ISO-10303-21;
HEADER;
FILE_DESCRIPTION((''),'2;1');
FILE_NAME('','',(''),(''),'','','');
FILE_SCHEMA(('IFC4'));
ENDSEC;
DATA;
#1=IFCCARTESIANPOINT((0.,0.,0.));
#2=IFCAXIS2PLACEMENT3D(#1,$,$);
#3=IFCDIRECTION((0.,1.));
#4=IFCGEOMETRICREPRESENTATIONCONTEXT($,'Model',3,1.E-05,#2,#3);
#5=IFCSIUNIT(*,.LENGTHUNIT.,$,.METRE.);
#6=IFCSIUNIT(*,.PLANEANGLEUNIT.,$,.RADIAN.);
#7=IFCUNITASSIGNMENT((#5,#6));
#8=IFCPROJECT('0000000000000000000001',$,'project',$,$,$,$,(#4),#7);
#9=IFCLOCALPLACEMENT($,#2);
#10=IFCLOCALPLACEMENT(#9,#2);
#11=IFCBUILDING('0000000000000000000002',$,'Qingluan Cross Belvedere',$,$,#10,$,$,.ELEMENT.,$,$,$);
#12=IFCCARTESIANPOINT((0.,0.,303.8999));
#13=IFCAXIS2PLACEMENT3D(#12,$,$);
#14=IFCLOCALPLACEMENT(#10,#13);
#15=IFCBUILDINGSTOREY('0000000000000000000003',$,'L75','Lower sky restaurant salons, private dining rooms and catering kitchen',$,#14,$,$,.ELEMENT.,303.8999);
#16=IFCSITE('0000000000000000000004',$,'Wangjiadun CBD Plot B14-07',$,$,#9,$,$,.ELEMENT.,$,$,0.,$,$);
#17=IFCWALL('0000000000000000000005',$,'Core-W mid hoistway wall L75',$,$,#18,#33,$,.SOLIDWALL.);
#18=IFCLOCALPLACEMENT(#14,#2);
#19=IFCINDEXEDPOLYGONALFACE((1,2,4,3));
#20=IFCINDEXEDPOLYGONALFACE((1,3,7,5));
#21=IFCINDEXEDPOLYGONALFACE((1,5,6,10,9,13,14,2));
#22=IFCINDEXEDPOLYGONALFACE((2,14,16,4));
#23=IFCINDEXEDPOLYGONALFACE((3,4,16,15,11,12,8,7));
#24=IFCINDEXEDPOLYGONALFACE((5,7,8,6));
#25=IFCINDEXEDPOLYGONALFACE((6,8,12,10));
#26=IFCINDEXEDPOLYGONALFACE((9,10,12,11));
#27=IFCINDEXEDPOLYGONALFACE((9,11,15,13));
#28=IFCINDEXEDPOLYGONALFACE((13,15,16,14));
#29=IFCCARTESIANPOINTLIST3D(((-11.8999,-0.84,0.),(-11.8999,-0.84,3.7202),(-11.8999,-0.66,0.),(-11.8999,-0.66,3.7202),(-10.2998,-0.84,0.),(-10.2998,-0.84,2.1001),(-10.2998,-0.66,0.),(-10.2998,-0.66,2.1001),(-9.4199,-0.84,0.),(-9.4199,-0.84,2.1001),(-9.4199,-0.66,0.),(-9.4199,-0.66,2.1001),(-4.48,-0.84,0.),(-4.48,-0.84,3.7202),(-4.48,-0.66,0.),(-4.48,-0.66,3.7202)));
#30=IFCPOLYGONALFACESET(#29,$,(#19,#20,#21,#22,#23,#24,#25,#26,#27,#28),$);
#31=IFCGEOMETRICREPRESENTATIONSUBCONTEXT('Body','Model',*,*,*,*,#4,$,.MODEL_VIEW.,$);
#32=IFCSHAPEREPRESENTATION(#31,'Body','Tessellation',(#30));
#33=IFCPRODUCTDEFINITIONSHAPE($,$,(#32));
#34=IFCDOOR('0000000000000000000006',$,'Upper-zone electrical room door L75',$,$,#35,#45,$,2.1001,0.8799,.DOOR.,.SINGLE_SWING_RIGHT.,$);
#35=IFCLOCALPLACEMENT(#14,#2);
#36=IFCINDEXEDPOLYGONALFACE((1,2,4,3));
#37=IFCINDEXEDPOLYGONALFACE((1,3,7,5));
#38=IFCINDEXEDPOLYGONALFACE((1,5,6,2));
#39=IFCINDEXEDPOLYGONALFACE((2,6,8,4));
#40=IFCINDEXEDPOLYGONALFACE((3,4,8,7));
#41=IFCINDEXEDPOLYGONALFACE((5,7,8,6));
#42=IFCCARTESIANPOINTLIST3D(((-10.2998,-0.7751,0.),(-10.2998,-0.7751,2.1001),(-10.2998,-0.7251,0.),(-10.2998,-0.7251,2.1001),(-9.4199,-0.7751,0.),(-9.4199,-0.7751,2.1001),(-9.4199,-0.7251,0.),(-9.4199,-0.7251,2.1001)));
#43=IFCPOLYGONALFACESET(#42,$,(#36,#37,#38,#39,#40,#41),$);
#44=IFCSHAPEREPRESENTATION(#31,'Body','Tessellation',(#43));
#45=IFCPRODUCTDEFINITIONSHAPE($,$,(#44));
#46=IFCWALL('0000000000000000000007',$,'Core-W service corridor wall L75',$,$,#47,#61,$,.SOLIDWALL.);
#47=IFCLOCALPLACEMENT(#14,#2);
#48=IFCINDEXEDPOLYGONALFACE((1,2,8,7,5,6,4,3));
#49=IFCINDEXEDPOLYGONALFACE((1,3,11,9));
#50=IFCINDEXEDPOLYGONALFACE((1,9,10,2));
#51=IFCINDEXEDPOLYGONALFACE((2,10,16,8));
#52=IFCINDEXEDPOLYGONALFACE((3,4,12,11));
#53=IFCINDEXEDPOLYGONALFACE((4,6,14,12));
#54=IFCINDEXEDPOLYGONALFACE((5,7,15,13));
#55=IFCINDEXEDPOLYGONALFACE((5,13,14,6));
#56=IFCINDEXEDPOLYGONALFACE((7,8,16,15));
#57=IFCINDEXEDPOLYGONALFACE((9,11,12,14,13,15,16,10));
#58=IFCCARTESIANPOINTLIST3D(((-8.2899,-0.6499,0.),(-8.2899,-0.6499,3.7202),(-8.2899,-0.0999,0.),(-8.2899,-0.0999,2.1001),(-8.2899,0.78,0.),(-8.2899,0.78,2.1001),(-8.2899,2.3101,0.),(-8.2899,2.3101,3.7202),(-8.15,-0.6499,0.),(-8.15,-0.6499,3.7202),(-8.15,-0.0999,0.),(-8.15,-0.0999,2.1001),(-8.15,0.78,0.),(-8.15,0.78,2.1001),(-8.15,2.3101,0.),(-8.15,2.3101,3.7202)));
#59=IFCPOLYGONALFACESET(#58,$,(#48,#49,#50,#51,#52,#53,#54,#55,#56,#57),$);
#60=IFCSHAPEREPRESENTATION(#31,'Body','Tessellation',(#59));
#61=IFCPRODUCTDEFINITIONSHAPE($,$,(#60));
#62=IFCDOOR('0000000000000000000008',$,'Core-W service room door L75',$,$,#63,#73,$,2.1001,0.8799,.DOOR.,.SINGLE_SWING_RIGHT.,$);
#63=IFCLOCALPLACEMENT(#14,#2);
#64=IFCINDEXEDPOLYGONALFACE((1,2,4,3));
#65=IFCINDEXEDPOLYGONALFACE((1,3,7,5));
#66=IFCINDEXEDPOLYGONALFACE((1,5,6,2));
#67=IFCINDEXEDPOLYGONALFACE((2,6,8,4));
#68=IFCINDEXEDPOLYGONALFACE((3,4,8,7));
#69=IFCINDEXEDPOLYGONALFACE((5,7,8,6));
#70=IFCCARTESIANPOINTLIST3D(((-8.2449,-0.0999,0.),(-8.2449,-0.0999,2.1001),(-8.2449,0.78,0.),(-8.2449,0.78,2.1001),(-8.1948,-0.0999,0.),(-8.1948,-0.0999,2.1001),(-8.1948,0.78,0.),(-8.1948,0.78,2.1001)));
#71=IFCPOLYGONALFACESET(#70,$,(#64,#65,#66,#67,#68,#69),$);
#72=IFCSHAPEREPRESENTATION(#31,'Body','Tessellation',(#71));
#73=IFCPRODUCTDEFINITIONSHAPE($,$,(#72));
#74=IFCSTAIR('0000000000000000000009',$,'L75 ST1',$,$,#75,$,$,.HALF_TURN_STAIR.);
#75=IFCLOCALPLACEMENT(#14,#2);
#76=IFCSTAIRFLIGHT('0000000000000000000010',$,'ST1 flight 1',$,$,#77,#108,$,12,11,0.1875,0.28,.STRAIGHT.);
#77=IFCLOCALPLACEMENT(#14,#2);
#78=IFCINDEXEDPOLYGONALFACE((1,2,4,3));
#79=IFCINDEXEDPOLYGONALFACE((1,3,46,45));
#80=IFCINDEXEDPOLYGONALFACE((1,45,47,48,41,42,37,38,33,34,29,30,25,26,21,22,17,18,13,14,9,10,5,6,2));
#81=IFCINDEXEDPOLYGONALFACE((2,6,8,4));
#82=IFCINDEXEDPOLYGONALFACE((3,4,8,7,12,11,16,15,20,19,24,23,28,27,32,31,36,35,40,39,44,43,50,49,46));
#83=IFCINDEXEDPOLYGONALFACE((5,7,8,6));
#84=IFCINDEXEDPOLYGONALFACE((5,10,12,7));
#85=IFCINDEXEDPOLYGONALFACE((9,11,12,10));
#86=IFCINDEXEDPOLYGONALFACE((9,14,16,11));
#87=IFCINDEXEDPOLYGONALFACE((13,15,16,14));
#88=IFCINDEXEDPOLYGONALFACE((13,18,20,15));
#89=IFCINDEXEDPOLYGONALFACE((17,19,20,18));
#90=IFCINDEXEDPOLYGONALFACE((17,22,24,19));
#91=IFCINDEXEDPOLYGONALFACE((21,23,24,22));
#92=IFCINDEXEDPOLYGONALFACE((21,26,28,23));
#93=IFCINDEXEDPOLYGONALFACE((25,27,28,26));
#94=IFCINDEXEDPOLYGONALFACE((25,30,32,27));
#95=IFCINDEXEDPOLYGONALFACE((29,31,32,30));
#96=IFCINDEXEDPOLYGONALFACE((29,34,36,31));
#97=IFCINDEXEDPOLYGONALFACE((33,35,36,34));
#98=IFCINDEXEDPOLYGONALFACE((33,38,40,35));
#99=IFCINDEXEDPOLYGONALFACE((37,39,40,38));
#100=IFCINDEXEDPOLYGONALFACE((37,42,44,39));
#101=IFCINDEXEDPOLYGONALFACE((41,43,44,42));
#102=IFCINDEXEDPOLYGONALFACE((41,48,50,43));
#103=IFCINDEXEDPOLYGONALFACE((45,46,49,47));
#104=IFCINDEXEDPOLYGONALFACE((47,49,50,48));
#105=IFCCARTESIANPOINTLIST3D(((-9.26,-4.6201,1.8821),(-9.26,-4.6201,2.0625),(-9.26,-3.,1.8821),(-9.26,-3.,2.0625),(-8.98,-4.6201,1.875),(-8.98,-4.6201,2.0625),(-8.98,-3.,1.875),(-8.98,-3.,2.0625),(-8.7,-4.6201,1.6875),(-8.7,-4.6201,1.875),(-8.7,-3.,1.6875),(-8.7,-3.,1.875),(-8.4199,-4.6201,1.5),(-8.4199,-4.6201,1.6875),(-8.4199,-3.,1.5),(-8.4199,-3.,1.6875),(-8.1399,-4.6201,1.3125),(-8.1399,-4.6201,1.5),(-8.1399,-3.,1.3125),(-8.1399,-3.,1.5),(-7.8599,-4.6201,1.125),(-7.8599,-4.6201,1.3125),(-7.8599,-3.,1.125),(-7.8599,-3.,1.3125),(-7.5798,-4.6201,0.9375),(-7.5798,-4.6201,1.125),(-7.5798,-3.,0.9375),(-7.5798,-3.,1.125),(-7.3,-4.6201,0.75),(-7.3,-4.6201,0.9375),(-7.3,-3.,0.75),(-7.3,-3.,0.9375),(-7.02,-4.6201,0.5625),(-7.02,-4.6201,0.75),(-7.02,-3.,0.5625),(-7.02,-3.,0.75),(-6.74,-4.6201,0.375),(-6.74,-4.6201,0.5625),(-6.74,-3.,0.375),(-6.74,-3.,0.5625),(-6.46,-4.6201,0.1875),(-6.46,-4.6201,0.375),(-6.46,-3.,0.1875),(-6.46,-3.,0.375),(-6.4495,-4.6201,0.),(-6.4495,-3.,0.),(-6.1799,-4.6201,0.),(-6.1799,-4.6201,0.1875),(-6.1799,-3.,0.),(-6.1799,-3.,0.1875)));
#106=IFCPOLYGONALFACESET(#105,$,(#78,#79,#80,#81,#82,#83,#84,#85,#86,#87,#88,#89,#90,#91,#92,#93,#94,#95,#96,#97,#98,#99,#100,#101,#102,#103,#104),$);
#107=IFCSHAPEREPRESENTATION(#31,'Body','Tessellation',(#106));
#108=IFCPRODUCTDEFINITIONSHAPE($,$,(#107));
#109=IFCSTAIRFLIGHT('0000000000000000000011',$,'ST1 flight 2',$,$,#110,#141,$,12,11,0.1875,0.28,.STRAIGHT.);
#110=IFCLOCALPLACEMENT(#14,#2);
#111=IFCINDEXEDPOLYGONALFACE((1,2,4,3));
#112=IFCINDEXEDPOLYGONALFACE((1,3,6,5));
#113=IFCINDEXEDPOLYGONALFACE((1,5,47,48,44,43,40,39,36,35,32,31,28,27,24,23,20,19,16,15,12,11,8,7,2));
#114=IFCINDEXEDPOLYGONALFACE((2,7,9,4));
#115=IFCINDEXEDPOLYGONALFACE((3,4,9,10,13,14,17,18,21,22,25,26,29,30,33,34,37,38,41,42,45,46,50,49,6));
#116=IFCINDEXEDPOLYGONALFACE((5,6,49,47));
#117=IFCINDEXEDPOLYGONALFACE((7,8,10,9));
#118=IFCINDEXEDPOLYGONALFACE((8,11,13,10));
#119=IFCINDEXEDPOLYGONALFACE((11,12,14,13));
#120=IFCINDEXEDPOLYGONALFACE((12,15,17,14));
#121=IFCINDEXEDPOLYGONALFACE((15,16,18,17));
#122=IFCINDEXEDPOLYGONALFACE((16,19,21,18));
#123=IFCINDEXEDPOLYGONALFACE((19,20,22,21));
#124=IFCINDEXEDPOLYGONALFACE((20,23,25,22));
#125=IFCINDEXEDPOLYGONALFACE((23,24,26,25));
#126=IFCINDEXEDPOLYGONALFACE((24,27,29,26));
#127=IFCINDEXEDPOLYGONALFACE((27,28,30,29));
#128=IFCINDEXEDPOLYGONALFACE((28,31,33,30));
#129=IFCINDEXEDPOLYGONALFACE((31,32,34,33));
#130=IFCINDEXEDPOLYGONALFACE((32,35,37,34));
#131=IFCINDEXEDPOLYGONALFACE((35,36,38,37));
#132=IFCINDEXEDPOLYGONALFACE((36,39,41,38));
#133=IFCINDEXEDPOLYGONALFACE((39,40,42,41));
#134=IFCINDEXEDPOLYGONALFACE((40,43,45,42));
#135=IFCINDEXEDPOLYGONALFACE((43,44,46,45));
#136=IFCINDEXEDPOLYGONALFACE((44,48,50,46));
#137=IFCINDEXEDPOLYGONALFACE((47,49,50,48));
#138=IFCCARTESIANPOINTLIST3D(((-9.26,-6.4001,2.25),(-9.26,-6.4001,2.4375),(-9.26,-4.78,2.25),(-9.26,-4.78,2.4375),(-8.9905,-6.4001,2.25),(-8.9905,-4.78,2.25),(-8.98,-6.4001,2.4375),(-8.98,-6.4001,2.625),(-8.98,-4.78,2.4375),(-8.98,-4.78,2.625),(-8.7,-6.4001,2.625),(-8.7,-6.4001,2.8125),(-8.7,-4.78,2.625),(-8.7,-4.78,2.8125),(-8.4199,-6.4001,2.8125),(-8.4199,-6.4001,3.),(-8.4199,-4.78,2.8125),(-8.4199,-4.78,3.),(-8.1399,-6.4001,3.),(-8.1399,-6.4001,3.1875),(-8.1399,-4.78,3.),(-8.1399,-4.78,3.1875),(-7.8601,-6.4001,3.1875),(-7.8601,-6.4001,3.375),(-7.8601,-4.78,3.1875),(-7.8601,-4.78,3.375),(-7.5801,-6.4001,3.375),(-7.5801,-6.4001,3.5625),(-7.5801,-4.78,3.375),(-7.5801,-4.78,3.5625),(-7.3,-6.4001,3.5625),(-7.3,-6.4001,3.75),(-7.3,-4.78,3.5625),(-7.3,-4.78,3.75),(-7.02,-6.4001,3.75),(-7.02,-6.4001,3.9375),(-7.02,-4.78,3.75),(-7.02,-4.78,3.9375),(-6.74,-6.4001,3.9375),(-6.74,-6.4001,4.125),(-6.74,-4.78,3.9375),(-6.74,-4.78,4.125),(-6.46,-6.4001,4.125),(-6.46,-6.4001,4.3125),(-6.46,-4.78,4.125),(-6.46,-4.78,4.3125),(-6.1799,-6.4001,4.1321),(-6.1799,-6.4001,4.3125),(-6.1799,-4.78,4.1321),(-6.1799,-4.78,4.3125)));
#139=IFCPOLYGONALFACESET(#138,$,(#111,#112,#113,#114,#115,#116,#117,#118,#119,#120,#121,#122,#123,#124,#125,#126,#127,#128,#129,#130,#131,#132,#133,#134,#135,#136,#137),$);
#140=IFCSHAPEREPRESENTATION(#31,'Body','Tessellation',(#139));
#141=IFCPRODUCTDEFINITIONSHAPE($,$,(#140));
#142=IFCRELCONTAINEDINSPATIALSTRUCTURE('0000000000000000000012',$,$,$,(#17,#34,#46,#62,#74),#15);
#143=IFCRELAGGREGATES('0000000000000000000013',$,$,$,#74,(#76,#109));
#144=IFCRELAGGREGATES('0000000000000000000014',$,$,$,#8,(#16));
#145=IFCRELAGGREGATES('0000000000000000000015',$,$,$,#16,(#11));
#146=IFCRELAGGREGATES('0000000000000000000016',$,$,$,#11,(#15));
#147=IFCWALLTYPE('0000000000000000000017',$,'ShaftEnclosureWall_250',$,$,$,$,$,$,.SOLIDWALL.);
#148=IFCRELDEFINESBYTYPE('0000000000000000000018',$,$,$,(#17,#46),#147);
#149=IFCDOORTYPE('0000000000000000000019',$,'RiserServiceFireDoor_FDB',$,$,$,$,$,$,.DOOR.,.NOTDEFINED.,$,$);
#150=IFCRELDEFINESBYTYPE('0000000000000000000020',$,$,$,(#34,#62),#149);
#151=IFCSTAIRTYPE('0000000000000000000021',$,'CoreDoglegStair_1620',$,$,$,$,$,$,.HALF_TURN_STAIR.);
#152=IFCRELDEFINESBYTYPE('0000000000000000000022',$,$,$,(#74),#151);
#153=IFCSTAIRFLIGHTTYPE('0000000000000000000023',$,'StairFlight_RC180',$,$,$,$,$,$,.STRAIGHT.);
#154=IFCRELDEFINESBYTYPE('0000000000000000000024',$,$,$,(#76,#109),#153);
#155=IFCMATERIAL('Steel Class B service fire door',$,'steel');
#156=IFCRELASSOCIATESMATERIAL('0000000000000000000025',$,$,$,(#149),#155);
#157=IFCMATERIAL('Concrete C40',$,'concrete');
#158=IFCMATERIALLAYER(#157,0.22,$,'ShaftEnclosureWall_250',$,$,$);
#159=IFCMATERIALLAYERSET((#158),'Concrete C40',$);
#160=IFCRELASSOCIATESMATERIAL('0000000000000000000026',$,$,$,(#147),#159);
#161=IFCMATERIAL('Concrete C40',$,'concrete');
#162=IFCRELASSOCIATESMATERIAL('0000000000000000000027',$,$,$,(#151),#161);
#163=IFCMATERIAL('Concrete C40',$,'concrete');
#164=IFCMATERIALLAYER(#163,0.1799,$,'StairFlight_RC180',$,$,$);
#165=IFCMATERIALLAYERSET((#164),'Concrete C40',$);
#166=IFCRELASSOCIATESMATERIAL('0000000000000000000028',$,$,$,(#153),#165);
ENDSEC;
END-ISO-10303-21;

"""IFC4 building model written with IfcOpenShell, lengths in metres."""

from ifc_helpers import new_model, si_unit, direction, frame, frame_2d, origin, place, context, subcontext, project, spatial, polyline, rectangle, outline, extrude, material, layer, layer_set, type_object, element, fill, aggregate, save


model = new_model("IFC4")

# Units and contexts
model_context = context("Model", 3, precision=1e-05, world=origin(), true_north=direction((0.0, 1.0)))
body_context = subcontext(model_context, "Body", "Model", "MODEL_VIEW")
ifc_project = project(units=[si_unit("LENGTHUNIT", "METRE"), si_unit("PLANEANGLEUNIT", "RADIAN")], contexts=[model_context])

# Site, building, storey
site_placement = place(None, origin())
site = spatial("IfcSite", under=ifc_project, at=site_placement, Name="Wangjiadun CBD Plot B14-07", CompositionType="ELEMENT", RefElevation=0.0)
building_placement = place(site_placement, origin())
building = spatial("IfcBuilding", under=site, at=building_placement, Name="Qingluan Cross Belvedere", CompositionType="ELEMENT")
storey_placement = place(building_placement, frame((0.0, 0.0, 303.8999)))
storey = spatial("IfcBuildingStorey", under=building, at=storey_placement, Name="L75", Description="Lower sky restaurant salons, private dining rooms and catering kitchen", CompositionType="ELEMENT", Elevation=303.8999)

# Walls, openings, doors
ifc_material_1 = material(Name="Steel Class B service fire door", Category="steel")
door_type_1 = type_object("IfcDoorType", Name="RiserServiceFireDoor_FDB", OperationType="NOTDEFINED", PredefinedType="DOOR", material=ifc_material_1)
ifc_material_2 = material(Name="Concrete C40", Category="concrete")
ifc_layer_1 = layer(ifc_material_2, 0.22, Name="ShaftEnclosureWall_250")
ifc_layer_set_1 = layer_set([ifc_layer_1], Name="Concrete C40")
wall_type_1 = type_object("IfcWallType", Name="ShaftEnclosureWall_250", PredefinedType="SOLIDWALL", material=ifc_layer_set_1)
wall_1_placement = place(storey_placement, frame((-11.8999, -0.75, 0.0), z_axis=(0.0, 0.0, 1.0), x_axis=(1.0, 0.0, 0.0)))
wall_1 = element("IfcWall", 1, at=wall_1_placement, inside=storey, type_object=wall_type_1, Name="Core-W mid hoistway wall L75", PredefinedType="SOLIDWALL", context=body_context, shape_type="SweptSolid", body=[
    extrude(rectangle(XDim=7.4199, YDim=0.1799, at=frame_2d((3.71, 0.0))), origin(), (0.0, 0.0, 1.0), 3.7202),
])
opening_1_placement = place(wall_1_placement, frame((1.6001, 0.0, 0.0)))
opening_1 = element("IfcOpeningElement", 2, at=opening_1_placement, cuts=wall_1, PredefinedType="OPENING", context=body_context, shape_type="SweptSolid", body=[
    extrude(rectangle(XDim=0.8799, YDim=2.1001, at=frame_2d((0.4399, 1.05))), frame((0.0, 0.0999, 0.0), z_axis=(0.0, -1.0, 0.0), x_axis=(1.0, 0.0, 0.0)), (0.0, 0.0, 1.0), 0.2),
])
door_1_placement = place(opening_1_placement, origin())
door_1 = element("IfcDoor", 3, at=door_1_placement, inside=storey, type_object=door_type_1, Name="Upper-zone electrical room door L75", OperationType="SINGLE_SWING_RIGHT", OverallHeight=2.1001, OverallWidth=0.8799, PredefinedType="DOOR", context=body_context, shape_type="SweptSolid", body=[
    extrude(rectangle(XDim=0.8799, YDim=2.1001, at=frame_2d((0.4399, 1.05))), frame((0.0, 0.0249, 0.0), z_axis=(0.0, -1.0, 0.0), x_axis=(1.0, 0.0, 0.0)), (0.0, 0.0, 1.0), 0.05),
])
fill(opening_1, door_1)
wall_2_placement = place(storey_placement, frame((-8.22, -0.6499, 0.0), z_axis=(0.0, 0.0, 1.0), x_axis=(0.0, 1.0, 0.0)))
wall_2 = element("IfcWall", 4, at=wall_2_placement, inside=storey, type_object=wall_type_1, Name="Core-W service corridor wall L75", PredefinedType="SOLIDWALL", context=body_context, shape_type="SweptSolid", body=[
    extrude(rectangle(XDim=2.96, YDim=0.1399, at=frame_2d((1.48, 0.0))), origin(), (0.0, 0.0, 1.0), 3.7202),
])
opening_2_placement = place(wall_2_placement, frame((0.55, 0.0, 0.0)))
opening_2 = element("IfcOpeningElement", 5, at=opening_2_placement, cuts=wall_2, PredefinedType="OPENING", context=body_context, shape_type="SweptSolid", body=[
    extrude(rectangle(XDim=0.8799, YDim=2.1001, at=frame_2d((0.4399, 1.05))), frame((0.0, 0.0798, 0.0), z_axis=(0.0, -1.0, 0.0), x_axis=(1.0, 0.0, 0.0)), (0.0, 0.0, 1.0), 0.1599),
])
door_2_placement = place(opening_2_placement, origin())
door_2 = element("IfcDoor", 6, at=door_2_placement, inside=storey, type_object=door_type_1, Name="Core-W service room door L75", OperationType="SINGLE_SWING_RIGHT", OverallHeight=2.1001, OverallWidth=0.8799, PredefinedType="DOOR", context=body_context, shape_type="SweptSolid", body=[
    extrude(rectangle(XDim=0.8799, YDim=2.1001, at=frame_2d((0.4399, 1.05))), frame((0.0, 0.0249, 0.0), z_axis=(0.0, -1.0, 0.0), x_axis=(1.0, 0.0, 0.0)), (0.0, 0.0, 1.0), 0.05),
])
fill(opening_2, door_2)

# Stair, stair flights
ifc_material_3 = material(Name="Concrete C40", Category="concrete")
stair_type = type_object("IfcStairType", Name="CoreDoglegStair_1620", PredefinedType="HALF_TURN_STAIR", material=ifc_material_3)
stair_placement = place(storey_placement, origin())
stair = element("IfcStair", 7, at=stair_placement, inside=storey, type_object=stair_type, Name="L75 ST1", PredefinedType="HALF_TURN_STAIR")
ifc_material_4 = material(Name="Concrete C40", Category="concrete")
ifc_layer_2 = layer(ifc_material_4, 0.1799, Name="StairFlight_RC180")
ifc_layer_set_2 = layer_set([ifc_layer_2], Name="Concrete C40")
stair_flight_type = type_object("IfcStairFlightType", Name="StairFlight_RC180", PredefinedType="STRAIGHT", material=ifc_layer_set_2)
stair_flight_1_placement = place(storey_placement, frame((-6.1799, -3.8101, 0.0), z_axis=(0.0, 0.0, 1.0), x_axis=(-1.0, 0.0, 0.0)))
stair_flight_1 = element("IfcStairFlight", 8, at=stair_flight_1_placement, type_object=stair_flight_type, Name="ST1 flight 1", NumberOfRisers=12, NumberOfTreads=11, PredefinedType="STRAIGHT", RiserHeight=0.1875, TreadLength=0.28, context=body_context, shape_type="SweptSolid", body=[
    extrude(outline(polyline([(0.0, 0.0), (0.0, 0.1875), (0.28, 0.1875), (0.28, 0.375), (0.5601, 0.375), (0.5601, 0.5625), (0.8401, 0.5625), (0.8401, 0.75), (1.1201, 0.75), (1.1201, 0.9375), (1.3999, 0.9375), (1.3999, 1.125), (1.6799, 1.125), (1.6799, 1.3125), (1.96, 1.3125), (1.96, 1.5), (2.24, 1.5), (2.24, 1.6875), (2.52, 1.6875), (2.52, 1.875), (2.8, 1.875), (2.8, 2.0625), (3.0801, 2.0625), (3.0801, 2.25), (3.0801, 1.8821), (0.2695, 0.0), (0.0, 0.0)])), frame((0.0, 0.8101, 0.0), z_axis=(0.0, -1.0, 0.0), x_axis=(1.0, 0.0, 0.0)), (0.0, 0.0, 1.0), 1.6201),
])
stair_flight_2_placement = place(storey_placement, frame((-9.26, -5.5901, 2.25), z_axis=(0.0, 0.0, 1.0), x_axis=(1.0, 0.0, 0.0)))
stair_flight_2 = element("IfcStairFlight", 9, at=stair_flight_2_placement, type_object=stair_flight_type, Name="ST1 flight 2", NumberOfRisers=12, NumberOfTreads=11, PredefinedType="STRAIGHT", RiserHeight=0.1875, TreadLength=0.28, context=body_context, shape_type="SweptSolid", body=[
    extrude(outline(polyline([(0.0, 0.0), (0.0, 0.1875), (0.28, 0.1875), (0.28, 0.375), (0.5601, 0.375), (0.5601, 0.5625), (0.8401, 0.5625), (0.8401, 0.75), (1.1201, 0.75), (1.1201, 0.9375), (1.3999, 0.9375), (1.3999, 1.125), (1.6799, 1.125), (1.6799, 1.3125), (1.96, 1.3125), (1.96, 1.5), (2.24, 1.5), (2.24, 1.6875), (2.52, 1.6875), (2.52, 1.875), (2.8, 1.875), (2.8, 2.0625), (3.0801, 2.0625), (3.0801, 2.25), (3.0801, 1.8821), (0.2695, 0.0), (0.0, 0.0)])), frame((0.0, 0.8101, 0.0), z_axis=(0.0, -1.0, 0.0), x_axis=(1.0, 0.0, 0.0)), (0.0, 0.0, 1.0), 1.6201),
])
aggregate(stair, [stair_flight_1, stair_flight_2])

save(model, "model.ifc")
